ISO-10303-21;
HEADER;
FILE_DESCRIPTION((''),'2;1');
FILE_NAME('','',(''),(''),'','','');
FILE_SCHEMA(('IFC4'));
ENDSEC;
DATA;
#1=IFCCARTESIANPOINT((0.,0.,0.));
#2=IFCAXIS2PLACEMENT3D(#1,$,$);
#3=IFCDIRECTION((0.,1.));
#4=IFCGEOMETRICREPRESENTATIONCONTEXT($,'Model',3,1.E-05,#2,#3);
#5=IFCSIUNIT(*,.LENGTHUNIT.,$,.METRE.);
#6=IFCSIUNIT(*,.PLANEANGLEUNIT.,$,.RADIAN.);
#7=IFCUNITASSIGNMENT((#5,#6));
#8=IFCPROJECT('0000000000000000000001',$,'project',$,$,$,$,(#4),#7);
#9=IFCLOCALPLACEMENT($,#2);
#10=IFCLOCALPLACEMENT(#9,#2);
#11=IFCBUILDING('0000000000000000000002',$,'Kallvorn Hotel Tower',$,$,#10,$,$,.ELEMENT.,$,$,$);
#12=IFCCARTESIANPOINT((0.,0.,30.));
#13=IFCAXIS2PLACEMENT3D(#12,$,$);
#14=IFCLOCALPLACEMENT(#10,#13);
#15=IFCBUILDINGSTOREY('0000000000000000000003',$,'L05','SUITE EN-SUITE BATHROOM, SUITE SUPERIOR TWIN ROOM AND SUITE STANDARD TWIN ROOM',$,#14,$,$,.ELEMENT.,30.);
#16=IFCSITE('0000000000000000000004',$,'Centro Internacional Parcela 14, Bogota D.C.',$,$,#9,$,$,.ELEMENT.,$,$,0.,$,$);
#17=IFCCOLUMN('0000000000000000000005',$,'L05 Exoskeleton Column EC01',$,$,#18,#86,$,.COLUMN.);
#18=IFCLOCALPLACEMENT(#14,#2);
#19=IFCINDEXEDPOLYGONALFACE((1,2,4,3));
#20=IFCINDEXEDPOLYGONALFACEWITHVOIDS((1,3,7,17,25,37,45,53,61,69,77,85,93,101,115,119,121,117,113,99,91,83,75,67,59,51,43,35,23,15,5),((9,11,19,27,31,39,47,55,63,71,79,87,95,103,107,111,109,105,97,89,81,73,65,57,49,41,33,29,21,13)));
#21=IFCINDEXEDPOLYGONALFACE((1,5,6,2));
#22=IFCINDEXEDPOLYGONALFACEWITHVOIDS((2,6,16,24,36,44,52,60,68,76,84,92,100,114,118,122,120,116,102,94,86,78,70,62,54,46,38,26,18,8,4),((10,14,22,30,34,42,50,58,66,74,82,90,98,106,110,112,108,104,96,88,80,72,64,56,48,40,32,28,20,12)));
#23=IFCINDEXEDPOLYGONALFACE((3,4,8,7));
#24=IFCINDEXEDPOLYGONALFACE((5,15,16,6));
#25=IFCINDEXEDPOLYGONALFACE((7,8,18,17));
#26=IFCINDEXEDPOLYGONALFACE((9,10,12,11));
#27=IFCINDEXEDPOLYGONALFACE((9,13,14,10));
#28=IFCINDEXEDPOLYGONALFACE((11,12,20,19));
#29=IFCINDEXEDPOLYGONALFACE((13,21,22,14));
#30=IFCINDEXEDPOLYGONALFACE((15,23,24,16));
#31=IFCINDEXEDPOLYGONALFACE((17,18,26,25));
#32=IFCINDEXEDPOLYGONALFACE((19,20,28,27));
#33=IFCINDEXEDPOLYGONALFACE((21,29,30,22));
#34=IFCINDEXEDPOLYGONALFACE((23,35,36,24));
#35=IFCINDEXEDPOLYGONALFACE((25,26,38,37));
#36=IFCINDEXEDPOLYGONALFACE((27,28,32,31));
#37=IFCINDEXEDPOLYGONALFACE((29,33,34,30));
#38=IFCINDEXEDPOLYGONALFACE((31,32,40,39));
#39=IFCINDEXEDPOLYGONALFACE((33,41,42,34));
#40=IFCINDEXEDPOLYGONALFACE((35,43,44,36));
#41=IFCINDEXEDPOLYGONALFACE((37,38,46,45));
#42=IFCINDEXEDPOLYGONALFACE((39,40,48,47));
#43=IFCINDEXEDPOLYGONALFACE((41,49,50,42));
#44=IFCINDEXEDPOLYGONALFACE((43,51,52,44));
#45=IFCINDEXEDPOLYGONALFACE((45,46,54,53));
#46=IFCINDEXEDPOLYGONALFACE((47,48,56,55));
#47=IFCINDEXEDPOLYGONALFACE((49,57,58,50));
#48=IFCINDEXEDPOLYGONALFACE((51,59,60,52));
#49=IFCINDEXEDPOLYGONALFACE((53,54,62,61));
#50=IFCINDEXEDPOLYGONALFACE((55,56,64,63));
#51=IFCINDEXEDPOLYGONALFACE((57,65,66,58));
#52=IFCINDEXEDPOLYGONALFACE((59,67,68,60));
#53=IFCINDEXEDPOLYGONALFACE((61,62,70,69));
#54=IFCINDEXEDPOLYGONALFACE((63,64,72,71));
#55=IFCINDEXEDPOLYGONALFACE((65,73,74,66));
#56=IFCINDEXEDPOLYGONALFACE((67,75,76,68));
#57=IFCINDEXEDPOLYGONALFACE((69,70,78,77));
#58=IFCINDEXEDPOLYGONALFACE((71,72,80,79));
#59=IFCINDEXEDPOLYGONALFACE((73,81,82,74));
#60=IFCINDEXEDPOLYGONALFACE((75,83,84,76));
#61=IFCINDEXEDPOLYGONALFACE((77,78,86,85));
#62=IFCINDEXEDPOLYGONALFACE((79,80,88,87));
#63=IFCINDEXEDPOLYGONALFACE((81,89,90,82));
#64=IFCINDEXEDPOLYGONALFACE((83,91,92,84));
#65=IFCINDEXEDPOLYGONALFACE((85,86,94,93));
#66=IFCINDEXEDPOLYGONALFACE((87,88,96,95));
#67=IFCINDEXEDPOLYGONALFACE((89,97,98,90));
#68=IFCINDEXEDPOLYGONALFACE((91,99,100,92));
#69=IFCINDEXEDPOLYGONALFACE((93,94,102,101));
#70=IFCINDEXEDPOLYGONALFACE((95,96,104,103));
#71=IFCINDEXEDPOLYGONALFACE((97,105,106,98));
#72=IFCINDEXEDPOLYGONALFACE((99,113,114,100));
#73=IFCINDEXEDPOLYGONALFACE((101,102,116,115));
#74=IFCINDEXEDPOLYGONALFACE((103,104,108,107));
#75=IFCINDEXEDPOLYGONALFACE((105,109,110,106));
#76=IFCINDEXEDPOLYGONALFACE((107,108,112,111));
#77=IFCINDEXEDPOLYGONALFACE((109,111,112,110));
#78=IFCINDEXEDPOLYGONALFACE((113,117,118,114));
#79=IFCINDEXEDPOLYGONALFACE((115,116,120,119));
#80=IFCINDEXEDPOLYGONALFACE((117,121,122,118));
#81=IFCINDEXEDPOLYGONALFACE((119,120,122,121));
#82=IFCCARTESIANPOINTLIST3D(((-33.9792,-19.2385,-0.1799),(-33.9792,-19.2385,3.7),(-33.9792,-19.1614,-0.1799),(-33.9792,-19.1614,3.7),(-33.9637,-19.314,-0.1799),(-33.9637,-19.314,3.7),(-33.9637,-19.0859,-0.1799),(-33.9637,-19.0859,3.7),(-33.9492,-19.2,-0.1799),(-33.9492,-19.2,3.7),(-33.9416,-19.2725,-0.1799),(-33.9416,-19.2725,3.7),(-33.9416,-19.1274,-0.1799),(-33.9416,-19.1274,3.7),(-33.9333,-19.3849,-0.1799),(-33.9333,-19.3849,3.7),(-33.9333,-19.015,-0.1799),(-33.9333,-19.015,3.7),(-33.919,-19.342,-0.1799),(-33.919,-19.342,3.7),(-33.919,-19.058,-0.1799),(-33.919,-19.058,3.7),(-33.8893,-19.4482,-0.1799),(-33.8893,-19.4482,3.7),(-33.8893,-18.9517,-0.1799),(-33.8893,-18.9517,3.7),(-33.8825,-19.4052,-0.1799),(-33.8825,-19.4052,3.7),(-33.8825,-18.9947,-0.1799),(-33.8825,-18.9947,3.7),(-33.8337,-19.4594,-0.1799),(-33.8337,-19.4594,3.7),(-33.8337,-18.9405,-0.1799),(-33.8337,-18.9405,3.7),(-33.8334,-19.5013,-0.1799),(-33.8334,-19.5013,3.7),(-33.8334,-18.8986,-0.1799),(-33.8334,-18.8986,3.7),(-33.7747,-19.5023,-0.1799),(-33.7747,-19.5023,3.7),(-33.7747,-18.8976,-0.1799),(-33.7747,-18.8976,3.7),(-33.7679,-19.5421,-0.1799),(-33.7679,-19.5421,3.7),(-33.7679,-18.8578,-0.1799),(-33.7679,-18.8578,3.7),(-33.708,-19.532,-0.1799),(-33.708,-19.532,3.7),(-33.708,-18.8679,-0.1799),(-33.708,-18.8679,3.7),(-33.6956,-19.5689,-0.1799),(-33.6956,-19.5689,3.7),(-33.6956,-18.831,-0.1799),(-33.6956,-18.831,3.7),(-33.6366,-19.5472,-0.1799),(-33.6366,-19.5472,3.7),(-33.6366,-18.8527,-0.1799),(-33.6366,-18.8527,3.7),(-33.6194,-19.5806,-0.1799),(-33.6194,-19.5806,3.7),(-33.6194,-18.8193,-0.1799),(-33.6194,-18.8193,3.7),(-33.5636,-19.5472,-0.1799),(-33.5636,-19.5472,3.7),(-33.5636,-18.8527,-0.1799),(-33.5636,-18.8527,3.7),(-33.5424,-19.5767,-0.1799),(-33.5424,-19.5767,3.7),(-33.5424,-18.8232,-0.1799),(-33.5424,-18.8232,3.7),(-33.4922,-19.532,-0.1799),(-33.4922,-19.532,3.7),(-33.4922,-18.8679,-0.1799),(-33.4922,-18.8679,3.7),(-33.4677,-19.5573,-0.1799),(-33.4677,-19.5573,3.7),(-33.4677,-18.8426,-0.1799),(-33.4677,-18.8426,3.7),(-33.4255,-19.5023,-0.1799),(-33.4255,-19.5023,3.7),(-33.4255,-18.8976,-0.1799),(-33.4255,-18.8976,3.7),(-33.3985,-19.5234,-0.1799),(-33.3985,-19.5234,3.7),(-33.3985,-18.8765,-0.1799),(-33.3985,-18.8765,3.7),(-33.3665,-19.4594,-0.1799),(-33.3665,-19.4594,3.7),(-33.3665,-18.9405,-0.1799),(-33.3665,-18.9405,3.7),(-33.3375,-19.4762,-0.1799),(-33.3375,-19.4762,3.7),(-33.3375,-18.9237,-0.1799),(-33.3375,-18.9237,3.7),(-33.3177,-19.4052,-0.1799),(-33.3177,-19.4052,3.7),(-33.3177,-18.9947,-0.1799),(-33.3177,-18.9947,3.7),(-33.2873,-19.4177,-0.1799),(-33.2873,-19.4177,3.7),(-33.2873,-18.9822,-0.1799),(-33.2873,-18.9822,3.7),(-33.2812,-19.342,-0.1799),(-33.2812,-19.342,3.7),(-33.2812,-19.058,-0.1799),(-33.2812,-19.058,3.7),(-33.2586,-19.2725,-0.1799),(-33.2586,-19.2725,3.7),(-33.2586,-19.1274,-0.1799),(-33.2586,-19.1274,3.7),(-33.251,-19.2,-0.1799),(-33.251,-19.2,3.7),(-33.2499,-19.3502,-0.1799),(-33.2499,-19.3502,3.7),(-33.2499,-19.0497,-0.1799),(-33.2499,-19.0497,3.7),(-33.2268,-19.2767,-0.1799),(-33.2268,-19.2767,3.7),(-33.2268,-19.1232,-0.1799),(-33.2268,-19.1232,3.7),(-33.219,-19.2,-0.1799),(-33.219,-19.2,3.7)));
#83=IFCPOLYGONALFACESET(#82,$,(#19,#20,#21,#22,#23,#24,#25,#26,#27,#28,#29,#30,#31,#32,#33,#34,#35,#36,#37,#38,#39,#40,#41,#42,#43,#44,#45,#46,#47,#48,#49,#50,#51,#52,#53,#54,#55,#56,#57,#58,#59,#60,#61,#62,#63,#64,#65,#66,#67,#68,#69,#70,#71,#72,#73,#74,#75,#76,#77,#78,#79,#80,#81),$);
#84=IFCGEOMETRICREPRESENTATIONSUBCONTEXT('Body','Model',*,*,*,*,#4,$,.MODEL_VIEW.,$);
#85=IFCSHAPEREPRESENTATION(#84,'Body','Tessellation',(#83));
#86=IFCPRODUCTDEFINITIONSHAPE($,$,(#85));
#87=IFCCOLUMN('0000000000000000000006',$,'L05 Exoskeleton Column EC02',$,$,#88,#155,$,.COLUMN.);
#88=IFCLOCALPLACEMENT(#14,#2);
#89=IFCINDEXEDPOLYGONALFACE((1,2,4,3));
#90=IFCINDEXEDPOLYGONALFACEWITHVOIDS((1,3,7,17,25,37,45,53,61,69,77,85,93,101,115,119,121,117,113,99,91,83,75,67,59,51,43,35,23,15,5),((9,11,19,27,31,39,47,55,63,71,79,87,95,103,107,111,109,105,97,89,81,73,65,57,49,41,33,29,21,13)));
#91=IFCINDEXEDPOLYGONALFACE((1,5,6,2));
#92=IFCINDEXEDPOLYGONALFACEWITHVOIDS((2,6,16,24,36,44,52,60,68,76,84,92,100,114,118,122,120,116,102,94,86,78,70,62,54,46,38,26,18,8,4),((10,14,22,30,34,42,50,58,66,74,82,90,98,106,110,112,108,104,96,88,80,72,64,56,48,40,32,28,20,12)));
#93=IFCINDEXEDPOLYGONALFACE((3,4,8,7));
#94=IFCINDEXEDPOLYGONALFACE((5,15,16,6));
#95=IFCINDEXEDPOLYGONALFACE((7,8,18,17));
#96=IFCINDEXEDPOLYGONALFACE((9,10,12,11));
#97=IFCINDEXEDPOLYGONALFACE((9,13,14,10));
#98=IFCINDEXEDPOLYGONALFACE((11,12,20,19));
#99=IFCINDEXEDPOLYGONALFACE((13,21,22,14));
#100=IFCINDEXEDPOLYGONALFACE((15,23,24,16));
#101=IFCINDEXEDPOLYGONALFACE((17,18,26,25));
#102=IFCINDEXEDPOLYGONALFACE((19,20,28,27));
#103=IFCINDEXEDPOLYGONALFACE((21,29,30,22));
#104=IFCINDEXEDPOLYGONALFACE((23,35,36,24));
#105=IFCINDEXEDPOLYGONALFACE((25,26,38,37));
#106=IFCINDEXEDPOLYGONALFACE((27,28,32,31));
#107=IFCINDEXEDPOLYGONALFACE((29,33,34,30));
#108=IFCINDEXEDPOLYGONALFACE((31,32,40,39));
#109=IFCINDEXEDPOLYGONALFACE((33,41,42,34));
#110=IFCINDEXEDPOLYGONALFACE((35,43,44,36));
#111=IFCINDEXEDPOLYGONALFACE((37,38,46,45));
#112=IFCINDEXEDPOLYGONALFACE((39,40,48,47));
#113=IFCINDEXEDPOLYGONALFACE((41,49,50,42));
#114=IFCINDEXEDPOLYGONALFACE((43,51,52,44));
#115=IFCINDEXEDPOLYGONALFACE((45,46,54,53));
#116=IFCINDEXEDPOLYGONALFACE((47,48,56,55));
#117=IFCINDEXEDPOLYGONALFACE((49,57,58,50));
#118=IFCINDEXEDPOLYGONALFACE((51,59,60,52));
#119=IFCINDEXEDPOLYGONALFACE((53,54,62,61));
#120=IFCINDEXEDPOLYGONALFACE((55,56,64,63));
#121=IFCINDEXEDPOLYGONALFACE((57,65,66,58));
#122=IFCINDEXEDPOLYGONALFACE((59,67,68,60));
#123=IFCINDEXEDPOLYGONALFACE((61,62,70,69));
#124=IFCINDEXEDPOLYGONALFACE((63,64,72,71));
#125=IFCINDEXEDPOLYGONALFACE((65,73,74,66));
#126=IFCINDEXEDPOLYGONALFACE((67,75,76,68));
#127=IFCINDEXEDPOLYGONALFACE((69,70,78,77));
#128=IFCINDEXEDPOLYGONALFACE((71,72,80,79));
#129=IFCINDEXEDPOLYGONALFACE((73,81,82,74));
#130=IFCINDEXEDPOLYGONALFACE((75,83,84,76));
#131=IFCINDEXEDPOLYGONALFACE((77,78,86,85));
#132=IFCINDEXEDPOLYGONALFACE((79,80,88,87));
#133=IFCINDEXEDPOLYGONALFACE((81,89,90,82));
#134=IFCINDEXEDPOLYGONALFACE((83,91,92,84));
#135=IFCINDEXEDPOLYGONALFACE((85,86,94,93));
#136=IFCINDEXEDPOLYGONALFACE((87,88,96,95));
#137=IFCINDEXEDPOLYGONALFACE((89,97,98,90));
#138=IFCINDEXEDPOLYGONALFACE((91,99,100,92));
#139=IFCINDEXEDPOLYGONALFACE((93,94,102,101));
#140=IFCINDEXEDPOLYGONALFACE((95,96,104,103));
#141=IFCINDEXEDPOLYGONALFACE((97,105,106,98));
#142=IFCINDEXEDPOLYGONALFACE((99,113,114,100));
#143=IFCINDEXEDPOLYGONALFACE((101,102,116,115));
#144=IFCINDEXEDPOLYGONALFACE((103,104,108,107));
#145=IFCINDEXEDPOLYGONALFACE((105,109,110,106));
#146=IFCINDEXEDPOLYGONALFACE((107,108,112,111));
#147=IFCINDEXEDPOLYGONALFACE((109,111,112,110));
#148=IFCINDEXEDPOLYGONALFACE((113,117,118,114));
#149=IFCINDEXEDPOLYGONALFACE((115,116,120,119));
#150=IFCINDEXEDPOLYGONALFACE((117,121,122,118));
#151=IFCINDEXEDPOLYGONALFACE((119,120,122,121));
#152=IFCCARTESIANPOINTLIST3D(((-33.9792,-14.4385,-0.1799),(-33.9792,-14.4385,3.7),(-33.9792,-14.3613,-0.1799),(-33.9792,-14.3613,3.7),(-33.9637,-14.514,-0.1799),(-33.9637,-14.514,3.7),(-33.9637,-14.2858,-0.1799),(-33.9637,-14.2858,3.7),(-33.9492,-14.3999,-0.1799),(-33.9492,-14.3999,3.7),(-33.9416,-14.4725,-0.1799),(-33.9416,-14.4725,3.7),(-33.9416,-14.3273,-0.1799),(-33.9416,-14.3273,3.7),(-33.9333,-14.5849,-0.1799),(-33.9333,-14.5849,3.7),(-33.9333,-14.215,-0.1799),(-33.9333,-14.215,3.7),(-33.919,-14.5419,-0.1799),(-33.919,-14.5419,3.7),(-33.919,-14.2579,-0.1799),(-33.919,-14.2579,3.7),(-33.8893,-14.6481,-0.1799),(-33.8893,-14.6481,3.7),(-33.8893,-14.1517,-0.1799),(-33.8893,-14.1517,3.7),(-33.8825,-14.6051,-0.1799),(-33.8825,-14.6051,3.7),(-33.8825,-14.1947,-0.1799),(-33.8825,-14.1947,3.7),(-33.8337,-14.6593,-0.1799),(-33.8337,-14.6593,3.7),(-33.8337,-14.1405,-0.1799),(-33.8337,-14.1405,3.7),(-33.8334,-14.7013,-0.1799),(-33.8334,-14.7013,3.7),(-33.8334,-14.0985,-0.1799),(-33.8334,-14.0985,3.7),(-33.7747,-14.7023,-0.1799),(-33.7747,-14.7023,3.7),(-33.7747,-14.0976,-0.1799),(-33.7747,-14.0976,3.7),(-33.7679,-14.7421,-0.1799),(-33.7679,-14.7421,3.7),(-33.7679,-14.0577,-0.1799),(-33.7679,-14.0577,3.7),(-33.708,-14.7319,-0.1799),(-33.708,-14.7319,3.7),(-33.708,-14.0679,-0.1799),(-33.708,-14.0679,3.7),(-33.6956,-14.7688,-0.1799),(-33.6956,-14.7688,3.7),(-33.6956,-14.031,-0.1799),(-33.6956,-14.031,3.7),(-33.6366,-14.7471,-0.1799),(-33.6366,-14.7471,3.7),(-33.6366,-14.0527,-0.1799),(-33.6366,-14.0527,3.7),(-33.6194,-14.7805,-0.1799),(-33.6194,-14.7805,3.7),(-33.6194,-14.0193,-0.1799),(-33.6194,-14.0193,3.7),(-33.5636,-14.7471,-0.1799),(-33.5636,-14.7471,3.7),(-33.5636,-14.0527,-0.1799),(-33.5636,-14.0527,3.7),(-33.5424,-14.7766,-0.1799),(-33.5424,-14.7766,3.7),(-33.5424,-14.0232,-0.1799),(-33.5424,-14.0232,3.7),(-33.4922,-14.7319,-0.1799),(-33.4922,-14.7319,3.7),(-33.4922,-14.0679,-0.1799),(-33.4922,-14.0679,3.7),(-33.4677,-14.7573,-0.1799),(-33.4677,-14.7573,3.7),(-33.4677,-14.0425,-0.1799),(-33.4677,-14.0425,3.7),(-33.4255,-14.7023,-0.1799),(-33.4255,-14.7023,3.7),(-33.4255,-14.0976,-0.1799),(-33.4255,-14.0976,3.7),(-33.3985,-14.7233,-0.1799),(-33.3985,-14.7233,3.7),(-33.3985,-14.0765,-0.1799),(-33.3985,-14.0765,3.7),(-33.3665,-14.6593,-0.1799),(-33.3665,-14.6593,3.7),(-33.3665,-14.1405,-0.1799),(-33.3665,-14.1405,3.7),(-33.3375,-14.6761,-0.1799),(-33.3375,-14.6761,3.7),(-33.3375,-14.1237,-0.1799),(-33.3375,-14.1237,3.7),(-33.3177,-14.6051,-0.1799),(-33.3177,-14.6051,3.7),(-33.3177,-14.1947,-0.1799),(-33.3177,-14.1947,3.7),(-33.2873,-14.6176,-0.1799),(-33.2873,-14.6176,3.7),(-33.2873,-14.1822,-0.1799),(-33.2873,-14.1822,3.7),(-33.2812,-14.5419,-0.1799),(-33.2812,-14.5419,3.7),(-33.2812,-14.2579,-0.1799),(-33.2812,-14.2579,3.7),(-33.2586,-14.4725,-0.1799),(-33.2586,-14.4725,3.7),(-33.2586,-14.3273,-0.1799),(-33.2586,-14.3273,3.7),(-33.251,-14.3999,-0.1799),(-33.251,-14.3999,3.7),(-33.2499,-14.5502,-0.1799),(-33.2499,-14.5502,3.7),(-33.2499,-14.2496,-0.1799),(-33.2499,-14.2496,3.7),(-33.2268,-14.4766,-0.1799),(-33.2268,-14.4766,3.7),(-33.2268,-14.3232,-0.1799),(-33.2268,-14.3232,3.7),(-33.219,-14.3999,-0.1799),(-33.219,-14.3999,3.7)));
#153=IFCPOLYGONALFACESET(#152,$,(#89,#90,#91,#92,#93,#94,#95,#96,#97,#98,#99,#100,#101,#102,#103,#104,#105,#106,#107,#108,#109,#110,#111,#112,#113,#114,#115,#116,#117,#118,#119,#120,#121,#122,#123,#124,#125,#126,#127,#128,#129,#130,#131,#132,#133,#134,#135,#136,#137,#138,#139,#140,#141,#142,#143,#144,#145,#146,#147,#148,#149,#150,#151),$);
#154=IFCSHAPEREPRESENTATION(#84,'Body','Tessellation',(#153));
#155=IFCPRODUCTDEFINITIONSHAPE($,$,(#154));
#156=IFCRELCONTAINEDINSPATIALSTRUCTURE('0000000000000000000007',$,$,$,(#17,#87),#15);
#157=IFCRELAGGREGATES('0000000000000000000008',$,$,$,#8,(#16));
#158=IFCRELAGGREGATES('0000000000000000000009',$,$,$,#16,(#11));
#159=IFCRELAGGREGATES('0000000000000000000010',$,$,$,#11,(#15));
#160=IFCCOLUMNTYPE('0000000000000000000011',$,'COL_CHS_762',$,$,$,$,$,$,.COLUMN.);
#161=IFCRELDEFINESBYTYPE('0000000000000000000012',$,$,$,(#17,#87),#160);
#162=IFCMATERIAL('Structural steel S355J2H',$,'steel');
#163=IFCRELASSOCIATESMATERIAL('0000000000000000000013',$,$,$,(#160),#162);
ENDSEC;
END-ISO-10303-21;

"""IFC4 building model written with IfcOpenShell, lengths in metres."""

from ifc_helpers import new_model, si_unit, direction, frame, origin, origin_2d, place, context, subcontext, project, spatial, hollow_circle, extrude, material, material_profile, profile_set, type_object, element, save


model = new_model("IFC4")

# Units and contexts
model_context = context("Model", 3, precision=1e-05, world=origin(), true_north=direction((0.0, 1.0)))
body_context = subcontext(model_context, "Body", "Model", "MODEL_VIEW")
ifc_project = project(units=[si_unit("LENGTHUNIT", "METRE"), si_unit("PLANEANGLEUNIT", "RADIAN")], contexts=[model_context])

# Site, building, storey
site_placement = place(None, origin())
site = spatial("IfcSite", under=ifc_project, at=site_placement, Name="Centro Internacional Parcela 14, Bogota D.C.", CompositionType="ELEMENT", RefElevation=0.0)
building_placement = place(site_placement, origin())
building = spatial("IfcBuilding", under=site, at=building_placement, Name="Kallvorn Hotel Tower", CompositionType="ELEMENT")
storey_placement = place(building_placement, frame((0.0, 0.0, 30.0)))
storey = spatial("IfcBuildingStorey", under=building, at=storey_placement, Name="L05", Description="SUITE EN-SUITE BATHROOM, SUITE SUPERIOR TWIN ROOM AND SUITE STANDARD TWIN ROOM", CompositionType="ELEMENT", Elevation=30.0)

# Columns
ifc_material_1 = material(Name="Structural steel S355J2H", Category="steel")
ifc_material_profile_1 = material_profile(ifc_material_1, hollow_circle(Radius=0.3811, WallThickness=0.032, at=origin_2d()), Name="CHS 762x32")
ifc_profile_set_1 = profile_set([ifc_material_profile_1], Name="Structural steel S355J2H")
column_type = type_object("IfcColumnType", Name="COL_CHS_762", PredefinedType="COLUMN", material=ifc_profile_set_1)
for number, where, z_axis, x_axis, name in (
    (1, (-33.6001, -19.2, -0.1799), (0.0, 0.0, 1.0), (1.0, 0.0, 0.0), "L05 Exoskeleton Column EC01"),
    (2, (-33.6001, -14.3999, -0.1799), (0.0, 0.0, 1.0), (1.0, 0.0, 0.0), "L05 Exoskeleton Column EC02"),
):
    element("IfcColumn", number, at=place(storey_placement, frame(where, z_axis=z_axis, x_axis=x_axis)), inside=storey, type_object=column_type, Name=name, PredefinedType="COLUMN", context=body_context, shape_type="SweptSolid", body=[
        extrude(hollow_circle(Radius=0.3811, WallThickness=0.032, at=origin_2d()), origin(), (0.0, 0.0, 1.0), 3.8799),
    ])

save(model, "model.ifc")
